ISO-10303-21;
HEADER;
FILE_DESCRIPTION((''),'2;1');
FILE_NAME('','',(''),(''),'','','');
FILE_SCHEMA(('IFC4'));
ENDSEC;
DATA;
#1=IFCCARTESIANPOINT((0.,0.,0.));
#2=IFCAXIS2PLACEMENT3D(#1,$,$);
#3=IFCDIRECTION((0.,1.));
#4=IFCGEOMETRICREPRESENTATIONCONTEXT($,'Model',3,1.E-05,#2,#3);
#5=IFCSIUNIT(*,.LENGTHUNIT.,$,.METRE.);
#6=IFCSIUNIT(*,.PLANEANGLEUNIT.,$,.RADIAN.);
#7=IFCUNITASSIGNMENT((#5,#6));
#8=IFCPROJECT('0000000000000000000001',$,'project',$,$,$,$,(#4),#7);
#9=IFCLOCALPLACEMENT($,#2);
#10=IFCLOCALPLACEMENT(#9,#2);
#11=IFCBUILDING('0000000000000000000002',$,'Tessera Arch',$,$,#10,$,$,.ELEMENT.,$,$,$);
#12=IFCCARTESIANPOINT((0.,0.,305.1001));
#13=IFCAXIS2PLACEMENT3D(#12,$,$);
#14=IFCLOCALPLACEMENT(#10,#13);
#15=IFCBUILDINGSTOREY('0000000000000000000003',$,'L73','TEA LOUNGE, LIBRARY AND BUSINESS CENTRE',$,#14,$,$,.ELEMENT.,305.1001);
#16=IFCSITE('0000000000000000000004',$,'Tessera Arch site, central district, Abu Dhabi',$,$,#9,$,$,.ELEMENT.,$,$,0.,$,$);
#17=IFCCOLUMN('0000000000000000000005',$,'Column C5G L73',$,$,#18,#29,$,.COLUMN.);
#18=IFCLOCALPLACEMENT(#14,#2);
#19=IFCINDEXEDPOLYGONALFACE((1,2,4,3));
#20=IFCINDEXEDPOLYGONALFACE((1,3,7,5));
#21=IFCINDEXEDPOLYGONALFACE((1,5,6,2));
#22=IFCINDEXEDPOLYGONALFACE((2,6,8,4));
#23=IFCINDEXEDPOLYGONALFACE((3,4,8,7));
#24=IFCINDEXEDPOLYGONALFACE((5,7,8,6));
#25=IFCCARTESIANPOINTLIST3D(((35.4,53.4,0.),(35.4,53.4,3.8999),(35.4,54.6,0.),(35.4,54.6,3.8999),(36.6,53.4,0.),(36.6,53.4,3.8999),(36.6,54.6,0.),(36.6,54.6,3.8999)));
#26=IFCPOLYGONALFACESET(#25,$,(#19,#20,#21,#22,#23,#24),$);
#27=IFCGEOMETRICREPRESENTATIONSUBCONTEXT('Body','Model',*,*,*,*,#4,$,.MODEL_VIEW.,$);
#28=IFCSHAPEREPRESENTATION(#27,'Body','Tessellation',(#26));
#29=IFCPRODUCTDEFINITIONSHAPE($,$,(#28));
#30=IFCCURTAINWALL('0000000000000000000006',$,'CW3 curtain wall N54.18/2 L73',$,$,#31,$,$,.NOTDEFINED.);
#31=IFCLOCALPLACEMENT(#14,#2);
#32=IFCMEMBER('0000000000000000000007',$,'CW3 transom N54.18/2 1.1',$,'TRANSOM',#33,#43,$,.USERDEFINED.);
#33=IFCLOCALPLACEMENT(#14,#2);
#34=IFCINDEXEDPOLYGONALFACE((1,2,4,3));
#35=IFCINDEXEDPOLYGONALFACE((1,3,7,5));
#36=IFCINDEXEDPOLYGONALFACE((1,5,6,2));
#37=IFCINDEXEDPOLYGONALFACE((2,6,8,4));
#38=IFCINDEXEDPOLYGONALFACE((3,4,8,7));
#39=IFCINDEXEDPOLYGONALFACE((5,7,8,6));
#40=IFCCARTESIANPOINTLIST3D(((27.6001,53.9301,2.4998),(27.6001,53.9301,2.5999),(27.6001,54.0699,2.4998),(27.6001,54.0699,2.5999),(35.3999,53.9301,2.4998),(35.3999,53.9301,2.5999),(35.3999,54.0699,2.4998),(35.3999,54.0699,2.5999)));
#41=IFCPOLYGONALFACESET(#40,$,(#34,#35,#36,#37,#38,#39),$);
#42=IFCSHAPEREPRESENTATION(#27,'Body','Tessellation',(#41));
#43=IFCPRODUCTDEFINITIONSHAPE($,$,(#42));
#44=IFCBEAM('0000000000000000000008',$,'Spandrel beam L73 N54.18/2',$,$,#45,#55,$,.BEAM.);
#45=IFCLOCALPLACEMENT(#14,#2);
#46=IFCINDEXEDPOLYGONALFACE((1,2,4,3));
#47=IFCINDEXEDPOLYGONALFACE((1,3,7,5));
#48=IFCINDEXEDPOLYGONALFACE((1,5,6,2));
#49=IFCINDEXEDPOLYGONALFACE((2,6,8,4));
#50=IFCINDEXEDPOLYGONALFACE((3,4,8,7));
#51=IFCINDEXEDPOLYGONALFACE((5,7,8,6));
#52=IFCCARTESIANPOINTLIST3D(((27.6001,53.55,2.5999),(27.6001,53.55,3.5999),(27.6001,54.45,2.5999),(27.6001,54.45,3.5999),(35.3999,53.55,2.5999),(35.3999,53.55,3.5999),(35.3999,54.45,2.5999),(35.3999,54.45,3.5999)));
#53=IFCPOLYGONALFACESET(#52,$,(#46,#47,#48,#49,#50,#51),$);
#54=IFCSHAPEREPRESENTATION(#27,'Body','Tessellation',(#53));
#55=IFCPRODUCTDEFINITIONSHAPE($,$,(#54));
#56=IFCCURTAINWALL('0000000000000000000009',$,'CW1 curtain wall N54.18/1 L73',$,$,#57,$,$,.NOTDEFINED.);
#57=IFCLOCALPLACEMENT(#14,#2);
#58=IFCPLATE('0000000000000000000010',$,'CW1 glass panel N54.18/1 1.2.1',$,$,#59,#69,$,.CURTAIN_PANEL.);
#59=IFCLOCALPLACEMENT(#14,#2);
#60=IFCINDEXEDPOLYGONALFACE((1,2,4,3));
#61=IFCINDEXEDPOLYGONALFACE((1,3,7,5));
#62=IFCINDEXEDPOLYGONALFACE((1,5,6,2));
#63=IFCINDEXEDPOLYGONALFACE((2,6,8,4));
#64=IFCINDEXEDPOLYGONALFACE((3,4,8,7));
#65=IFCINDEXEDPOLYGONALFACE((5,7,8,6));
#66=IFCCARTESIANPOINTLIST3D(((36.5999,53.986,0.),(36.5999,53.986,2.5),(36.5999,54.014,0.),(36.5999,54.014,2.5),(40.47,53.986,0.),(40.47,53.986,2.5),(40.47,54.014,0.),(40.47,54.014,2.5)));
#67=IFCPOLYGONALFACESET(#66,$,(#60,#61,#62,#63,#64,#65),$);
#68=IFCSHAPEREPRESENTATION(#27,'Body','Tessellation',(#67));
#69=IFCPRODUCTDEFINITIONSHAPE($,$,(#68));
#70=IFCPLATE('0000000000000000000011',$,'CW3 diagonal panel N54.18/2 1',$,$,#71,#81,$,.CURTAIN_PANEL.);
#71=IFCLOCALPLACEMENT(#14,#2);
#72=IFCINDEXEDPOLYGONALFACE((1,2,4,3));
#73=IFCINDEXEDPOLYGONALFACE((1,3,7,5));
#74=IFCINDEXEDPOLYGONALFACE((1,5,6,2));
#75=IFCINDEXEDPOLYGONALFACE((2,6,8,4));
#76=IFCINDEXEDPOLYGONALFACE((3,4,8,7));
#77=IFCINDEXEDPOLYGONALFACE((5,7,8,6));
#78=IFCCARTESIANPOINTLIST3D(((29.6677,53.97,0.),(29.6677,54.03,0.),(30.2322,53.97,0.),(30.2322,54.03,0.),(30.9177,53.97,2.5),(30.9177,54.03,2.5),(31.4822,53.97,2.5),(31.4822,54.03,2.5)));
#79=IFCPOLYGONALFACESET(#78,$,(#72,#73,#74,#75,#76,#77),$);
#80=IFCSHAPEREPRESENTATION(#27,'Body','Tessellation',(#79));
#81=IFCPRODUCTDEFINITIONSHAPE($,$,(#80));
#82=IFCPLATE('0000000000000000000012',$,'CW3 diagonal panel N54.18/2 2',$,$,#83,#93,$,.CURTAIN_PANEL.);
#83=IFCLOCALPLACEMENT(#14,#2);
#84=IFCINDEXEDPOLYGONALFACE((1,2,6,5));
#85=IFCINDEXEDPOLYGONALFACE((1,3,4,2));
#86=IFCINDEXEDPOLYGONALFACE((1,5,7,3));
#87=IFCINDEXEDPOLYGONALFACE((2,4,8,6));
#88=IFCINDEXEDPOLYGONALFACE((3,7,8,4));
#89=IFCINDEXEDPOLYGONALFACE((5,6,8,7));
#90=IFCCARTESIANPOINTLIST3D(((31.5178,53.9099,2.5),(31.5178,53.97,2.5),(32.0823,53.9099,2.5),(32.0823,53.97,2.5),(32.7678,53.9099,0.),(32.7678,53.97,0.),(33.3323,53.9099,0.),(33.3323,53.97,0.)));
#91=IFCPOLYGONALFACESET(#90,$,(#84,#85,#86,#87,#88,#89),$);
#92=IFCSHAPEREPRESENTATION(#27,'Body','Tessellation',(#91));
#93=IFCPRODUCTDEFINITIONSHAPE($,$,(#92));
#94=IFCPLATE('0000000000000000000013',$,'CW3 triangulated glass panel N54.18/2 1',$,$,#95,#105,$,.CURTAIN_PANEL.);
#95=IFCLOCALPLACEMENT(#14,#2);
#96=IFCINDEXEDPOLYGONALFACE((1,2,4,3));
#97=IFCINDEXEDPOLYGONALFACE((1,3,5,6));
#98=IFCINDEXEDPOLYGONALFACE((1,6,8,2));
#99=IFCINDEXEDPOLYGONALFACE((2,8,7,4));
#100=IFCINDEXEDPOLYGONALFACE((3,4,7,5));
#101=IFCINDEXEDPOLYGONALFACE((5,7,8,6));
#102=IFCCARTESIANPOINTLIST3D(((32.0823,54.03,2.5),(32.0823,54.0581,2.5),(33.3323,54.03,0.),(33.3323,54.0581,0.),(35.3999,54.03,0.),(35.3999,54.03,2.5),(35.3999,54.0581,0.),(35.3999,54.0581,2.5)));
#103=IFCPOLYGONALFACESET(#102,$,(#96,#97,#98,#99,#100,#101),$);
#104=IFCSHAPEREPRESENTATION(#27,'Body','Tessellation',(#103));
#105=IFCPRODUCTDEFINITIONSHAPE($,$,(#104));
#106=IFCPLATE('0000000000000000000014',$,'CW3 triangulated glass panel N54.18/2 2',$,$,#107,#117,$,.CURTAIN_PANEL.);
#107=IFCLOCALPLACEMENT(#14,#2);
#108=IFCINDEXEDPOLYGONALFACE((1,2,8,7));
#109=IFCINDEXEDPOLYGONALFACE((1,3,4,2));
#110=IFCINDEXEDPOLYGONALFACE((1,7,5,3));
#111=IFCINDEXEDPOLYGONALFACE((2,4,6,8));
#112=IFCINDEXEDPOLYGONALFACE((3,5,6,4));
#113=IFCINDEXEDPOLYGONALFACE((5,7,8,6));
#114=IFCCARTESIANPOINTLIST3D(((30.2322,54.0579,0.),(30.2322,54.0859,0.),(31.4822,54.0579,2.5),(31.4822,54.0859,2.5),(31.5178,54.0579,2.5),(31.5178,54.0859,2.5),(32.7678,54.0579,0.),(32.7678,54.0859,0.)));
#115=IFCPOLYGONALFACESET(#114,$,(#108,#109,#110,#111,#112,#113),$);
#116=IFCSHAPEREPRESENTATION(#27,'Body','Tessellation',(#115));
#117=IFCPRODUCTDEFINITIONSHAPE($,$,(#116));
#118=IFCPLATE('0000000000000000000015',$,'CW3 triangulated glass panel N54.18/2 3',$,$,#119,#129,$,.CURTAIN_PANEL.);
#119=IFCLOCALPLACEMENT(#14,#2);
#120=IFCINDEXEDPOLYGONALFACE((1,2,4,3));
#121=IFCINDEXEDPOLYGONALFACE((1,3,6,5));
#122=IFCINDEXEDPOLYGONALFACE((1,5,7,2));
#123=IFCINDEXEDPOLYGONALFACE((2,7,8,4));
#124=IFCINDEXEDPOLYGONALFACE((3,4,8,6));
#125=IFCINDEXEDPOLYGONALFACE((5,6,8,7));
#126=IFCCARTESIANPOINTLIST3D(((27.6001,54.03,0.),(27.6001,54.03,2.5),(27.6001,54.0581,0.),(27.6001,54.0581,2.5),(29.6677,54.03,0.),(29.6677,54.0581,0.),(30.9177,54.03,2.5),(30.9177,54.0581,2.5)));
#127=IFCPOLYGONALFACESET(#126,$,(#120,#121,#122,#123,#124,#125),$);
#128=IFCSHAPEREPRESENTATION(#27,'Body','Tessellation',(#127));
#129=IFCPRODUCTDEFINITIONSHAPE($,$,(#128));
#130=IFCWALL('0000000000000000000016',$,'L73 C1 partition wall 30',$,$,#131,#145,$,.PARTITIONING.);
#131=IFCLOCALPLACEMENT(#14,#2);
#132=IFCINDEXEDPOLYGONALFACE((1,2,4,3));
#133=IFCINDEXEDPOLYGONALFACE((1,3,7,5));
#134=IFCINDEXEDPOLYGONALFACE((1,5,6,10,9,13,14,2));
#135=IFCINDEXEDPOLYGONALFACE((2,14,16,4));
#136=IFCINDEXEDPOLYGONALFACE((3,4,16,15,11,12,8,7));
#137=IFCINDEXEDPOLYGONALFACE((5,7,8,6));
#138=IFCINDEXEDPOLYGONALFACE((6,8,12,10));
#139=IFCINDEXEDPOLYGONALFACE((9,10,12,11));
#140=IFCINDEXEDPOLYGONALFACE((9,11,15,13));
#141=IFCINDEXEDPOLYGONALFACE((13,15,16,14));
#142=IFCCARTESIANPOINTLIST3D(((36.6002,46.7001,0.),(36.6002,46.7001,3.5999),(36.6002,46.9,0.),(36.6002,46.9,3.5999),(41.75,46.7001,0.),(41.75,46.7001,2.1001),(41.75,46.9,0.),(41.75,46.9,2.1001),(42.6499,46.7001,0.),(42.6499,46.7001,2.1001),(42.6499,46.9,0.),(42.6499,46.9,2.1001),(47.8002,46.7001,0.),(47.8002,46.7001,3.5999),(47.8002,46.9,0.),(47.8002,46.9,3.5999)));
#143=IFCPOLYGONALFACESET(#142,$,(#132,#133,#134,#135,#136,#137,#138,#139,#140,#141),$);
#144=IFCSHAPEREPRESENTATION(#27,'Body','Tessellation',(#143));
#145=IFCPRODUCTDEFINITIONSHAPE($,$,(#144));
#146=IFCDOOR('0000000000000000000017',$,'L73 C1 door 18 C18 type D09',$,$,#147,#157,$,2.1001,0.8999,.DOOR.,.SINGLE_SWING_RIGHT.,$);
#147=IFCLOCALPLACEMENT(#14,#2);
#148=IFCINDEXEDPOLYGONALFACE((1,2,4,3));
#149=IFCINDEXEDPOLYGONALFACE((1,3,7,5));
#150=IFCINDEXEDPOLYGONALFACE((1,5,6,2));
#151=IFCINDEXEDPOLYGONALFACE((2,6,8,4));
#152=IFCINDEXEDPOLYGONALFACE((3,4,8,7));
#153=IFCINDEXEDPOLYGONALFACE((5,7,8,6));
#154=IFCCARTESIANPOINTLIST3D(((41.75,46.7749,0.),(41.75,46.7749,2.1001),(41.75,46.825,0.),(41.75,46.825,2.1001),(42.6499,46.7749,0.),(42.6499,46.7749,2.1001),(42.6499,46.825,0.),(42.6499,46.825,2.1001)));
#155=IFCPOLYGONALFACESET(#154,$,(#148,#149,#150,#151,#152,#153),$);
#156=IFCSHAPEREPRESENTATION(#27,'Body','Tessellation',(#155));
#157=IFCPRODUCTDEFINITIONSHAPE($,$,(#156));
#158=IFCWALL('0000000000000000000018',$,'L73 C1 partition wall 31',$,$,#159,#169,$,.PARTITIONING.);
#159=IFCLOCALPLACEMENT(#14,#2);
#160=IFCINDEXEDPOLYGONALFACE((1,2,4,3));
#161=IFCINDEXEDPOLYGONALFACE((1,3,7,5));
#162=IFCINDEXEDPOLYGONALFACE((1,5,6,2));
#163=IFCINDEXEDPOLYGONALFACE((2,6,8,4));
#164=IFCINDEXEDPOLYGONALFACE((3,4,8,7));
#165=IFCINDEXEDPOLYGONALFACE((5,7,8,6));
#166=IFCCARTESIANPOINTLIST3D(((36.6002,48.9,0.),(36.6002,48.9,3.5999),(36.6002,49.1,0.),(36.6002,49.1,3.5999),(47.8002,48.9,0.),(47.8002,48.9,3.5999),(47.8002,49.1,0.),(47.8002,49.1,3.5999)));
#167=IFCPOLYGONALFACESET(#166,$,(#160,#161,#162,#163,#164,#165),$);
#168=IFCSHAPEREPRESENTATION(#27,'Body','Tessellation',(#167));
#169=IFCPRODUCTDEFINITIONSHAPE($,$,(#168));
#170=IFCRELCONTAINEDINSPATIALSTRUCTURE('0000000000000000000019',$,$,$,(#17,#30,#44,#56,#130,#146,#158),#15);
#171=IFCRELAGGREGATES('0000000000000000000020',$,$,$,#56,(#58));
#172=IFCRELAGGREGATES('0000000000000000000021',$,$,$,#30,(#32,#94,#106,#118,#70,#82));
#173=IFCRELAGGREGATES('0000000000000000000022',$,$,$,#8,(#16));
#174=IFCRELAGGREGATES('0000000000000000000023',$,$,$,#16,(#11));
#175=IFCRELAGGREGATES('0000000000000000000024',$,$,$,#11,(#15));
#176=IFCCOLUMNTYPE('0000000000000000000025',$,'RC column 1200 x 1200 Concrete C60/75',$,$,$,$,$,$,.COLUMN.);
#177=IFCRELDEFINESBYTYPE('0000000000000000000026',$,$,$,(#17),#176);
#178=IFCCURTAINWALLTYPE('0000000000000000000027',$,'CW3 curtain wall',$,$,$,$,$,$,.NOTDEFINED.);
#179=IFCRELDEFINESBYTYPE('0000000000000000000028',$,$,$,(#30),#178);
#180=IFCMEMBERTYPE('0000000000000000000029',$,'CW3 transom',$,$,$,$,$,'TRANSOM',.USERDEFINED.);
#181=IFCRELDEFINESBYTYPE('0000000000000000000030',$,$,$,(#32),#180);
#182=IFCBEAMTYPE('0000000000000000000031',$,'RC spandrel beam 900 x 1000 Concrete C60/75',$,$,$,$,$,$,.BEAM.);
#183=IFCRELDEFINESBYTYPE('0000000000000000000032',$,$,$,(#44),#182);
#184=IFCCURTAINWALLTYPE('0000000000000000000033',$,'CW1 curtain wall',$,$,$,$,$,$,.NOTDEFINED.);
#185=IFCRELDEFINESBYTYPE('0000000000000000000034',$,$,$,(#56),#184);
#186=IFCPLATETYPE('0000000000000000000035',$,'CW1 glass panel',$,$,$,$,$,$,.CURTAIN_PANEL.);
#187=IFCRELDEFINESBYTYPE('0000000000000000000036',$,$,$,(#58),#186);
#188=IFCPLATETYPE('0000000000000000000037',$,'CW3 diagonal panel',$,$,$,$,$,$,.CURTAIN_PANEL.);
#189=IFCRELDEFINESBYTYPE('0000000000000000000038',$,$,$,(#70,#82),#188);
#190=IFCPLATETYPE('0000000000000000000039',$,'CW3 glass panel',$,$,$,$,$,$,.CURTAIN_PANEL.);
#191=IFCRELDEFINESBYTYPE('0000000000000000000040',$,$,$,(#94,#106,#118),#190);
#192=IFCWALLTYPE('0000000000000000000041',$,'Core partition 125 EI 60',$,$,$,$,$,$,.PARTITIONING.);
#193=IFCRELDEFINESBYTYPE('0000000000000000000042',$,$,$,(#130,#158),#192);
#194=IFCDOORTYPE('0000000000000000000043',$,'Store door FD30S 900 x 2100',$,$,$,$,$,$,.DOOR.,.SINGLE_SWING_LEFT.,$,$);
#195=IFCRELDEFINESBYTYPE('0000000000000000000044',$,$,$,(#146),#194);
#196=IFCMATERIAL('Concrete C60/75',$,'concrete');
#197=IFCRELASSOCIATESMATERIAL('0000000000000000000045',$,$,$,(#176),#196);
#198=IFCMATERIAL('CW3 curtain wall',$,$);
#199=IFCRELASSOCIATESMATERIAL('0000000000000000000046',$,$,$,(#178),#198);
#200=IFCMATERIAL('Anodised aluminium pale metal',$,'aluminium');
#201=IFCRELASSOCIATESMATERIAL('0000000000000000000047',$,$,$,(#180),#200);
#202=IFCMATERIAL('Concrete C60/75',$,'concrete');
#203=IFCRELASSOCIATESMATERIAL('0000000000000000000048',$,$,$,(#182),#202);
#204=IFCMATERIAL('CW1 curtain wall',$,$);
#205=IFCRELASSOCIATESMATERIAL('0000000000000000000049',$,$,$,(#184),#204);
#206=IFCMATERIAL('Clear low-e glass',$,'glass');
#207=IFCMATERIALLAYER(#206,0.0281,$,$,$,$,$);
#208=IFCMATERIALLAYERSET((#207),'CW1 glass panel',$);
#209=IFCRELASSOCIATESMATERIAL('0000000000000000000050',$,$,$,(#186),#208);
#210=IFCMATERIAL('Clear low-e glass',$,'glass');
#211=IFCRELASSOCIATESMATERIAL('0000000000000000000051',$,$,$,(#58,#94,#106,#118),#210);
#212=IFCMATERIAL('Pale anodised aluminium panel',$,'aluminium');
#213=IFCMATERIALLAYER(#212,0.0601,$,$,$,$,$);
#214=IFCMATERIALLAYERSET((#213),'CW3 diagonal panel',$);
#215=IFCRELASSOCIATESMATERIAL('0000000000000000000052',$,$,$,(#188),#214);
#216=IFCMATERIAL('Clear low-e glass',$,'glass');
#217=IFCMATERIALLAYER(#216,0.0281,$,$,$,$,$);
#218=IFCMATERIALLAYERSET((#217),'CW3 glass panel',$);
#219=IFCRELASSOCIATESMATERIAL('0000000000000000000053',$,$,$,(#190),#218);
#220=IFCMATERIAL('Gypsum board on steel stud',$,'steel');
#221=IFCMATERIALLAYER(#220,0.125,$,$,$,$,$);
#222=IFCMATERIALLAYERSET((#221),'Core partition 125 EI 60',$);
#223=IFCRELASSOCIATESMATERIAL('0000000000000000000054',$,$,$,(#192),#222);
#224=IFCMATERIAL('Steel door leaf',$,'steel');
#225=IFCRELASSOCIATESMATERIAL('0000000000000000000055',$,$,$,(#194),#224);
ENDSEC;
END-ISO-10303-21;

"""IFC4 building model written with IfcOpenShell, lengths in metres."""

from ifc_helpers import new_model, si_unit, direction, frame, frame_2d, origin, origin_2d, place, context, subcontext, project, spatial, polyline, rectangle, outline, extrude, material, layer, layer_set, material_profile, profile_set, type_object, element, fill, aggregate, save


model = new_model("IFC4")

# Units and contexts
model_context = context("Model", 3, precision=1e-05, world=origin(), true_north=direction((0.0, 1.0)))
body_context = subcontext(model_context, "Body", "Model", "MODEL_VIEW")
ifc_project = project(units=[si_unit("LENGTHUNIT", "METRE"), si_unit("PLANEANGLEUNIT", "RADIAN")], contexts=[model_context])

# Site, building, storey
site_placement = place(None, origin())
site = spatial("IfcSite", under=ifc_project, at=site_placement, Name="Tessera Arch site, central district, Abu Dhabi", CompositionType="ELEMENT", RefElevation=0.0)
building_placement = place(site_placement, origin())
building = spatial("IfcBuilding", under=site, at=building_placement, Name="Tessera Arch", CompositionType="ELEMENT")
storey_placement = place(building_placement, frame((0.0, 0.0, 305.1001)))
storey = spatial("IfcBuildingStorey", under=building, at=storey_placement, Name="L73", Description="TEA LOUNGE, LIBRARY AND BUSINESS CENTRE", CompositionType="ELEMENT", Elevation=305.1001)

# Column
ifc_material_1 = material(Name="Concrete C60/75", Category="concrete")
ifc_material_profile_1 = material_profile(ifc_material_1, rectangle(XDim=1.2, YDim=1.2, at=origin_2d()), Name="RC column 1200 x 1200 Concrete C60/75")
ifc_profile_set_1 = profile_set([ifc_material_profile_1], Name="Concrete C60/75")
column_type = type_object("IfcColumnType", Name="RC column 1200 x 1200 Concrete C60/75", PredefinedType="COLUMN", material=ifc_profile_set_1)
column_placement = place(storey_placement, frame((36.0, 54.0, 0.0), z_axis=(0.0, 0.0, 1.0), x_axis=(1.0, 0.0, 0.0)))
element("IfcColumn", 1, at=column_placement, inside=storey, type_object=column_type, Name="Column C5G L73", PredefinedType="COLUMN", context=body_context, shape_type="SweptSolid", body=[
    extrude(rectangle(XDim=1.2, YDim=1.2, at=origin_2d()), origin(), (0.0, 0.0, 1.0), 3.8999),
])

# Curtain wall, member
ifc_material_2 = material(Name="CW3 curtain wall")
curtain_wall_type_1 = type_object("IfcCurtainWallType", Name="CW3 curtain wall", PredefinedType="NOTDEFINED", material=ifc_material_2)
curtain_wall_1_placement = place(storey_placement, origin())
curtain_wall_1 = element("IfcCurtainWall", 2, at=curtain_wall_1_placement, inside=storey, type_object=curtain_wall_type_1, Name="CW3 curtain wall N54.18/2 L73", PredefinedType="NOTDEFINED")
ifc_material_3 = material(Name="Anodised aluminium pale metal", Category="aluminium")
ifc_material_profile_2 = material_profile(ifc_material_3, rectangle(XDim=0.1399, YDim=0.1001, at=origin_2d()), Name="AL 140x100")
ifc_profile_set_2 = profile_set([ifc_material_profile_2], Name="Anodised aluminium pale metal")
member_type = type_object("IfcMemberType", Name="CW3 transom", ElementType="TRANSOM", PredefinedType="USERDEFINED", material=ifc_profile_set_2)
member_placement = place(storey_placement, frame((35.3999, 54.0, 2.5498), z_axis=(-1.0, 0.0, 0.0), x_axis=(0.0, -1.0, 0.0)))
member = element("IfcMember", 3, at=member_placement, type_object=member_type, Name="CW3 transom N54.18/2 1.1", ObjectType="TRANSOM", PredefinedType="USERDEFINED", context=body_context, shape_type="SweptSolid", body=[
    extrude(rectangle(XDim=0.1399, YDim=0.1001, at=origin_2d()), origin(), (0.0, 0.0, 1.0), 7.7998),
])

# Beam
ifc_material_4 = material(Name="Concrete C60/75", Category="concrete")
ifc_material_profile_3 = material_profile(ifc_material_4, rectangle(XDim=0.8999, YDim=1.0, at=origin_2d()), Name="RC spandrel beam 900 x 1000 Concrete C60/75")
ifc_profile_set_3 = profile_set([ifc_material_profile_3], Name="Concrete C60/75")
beam_type = type_object("IfcBeamType", Name="RC spandrel beam 900 x 1000 Concrete C60/75", PredefinedType="BEAM", material=ifc_profile_set_3)
beam_placement = place(storey_placement, frame((35.3999, 54.0, 3.0999), z_axis=(-1.0, 0.0, 0.0), x_axis=(0.0, -1.0, 0.0)))
element("IfcBeam", 4, at=beam_placement, inside=storey, type_object=beam_type, Name="Spandrel beam L73 N54.18/2", PredefinedType="BEAM", context=body_context, shape_type="SweptSolid", body=[
    extrude(rectangle(XDim=0.8999, YDim=1.0, at=origin_2d()), origin(), (0.0, 0.0, 1.0), 7.7998),
])

# Curtain wall, plate
ifc_material_5 = material(Name="CW1 curtain wall")
curtain_wall_type_2 = type_object("IfcCurtainWallType", Name="CW1 curtain wall", PredefinedType="NOTDEFINED", material=ifc_material_5)
curtain_wall_2_placement = place(storey_placement, origin())
curtain_wall_2 = element("IfcCurtainWall", 5, at=curtain_wall_2_placement, inside=storey, type_object=curtain_wall_type_2, Name="CW1 curtain wall N54.18/1 L73", PredefinedType="NOTDEFINED")
ifc_material_6 = material(Name="Clear low-e glass", Category="glass")
ifc_material_7 = material(Name="Clear low-e glass", Category="glass")
ifc_layer_1 = layer(ifc_material_7, 0.0281)
ifc_layer_set_1 = layer_set([ifc_layer_1], Name="CW1 glass panel")
plate_type_1 = type_object("IfcPlateType", Name="CW1 glass panel", PredefinedType="CURTAIN_PANEL", material=ifc_layer_set_1)
plate_1_placement = place(storey_placement, frame((38.5349, 54.0, 0.0), z_axis=(0.0, 0.0, 1.0), x_axis=(-1.0, 0.0, 0.0)))
plate_1 = element("IfcPlate", 6, at=plate_1_placement, type_object=plate_type_1, material=ifc_material_6, Name="CW1 glass panel N54.18/1 1.2.1", PredefinedType="CURTAIN_PANEL", context=body_context, shape_type="SweptSolid", body=[
    extrude(rectangle(XDim=3.8701, YDim=0.0281, at=origin_2d()), origin(), (0.0, 0.0, 1.0), 2.5),
])
aggregate(curtain_wall_2, [plate_1])

# Plates
ifc_material_8 = material(Name="Pale anodised aluminium panel", Category="aluminium")
ifc_layer_2 = layer(ifc_material_8, 0.0601)
ifc_layer_set_2 = layer_set([ifc_layer_2], Name="CW3 diagonal panel")
plate_type_2 = type_object("IfcPlateType", Name="CW3 diagonal panel", PredefinedType="CURTAIN_PANEL", material=ifc_layer_set_2)
plate_2_placement = place(storey_placement, frame((30.9177, 54.03, 2.5), z_axis=(0.0, 1.0, 0.0), x_axis=(1.0, 0.0, 0.0)))
plate_2 = element("IfcPlate", 7, at=plate_2_placement, type_object=plate_type_2, Name="CW3 diagonal panel N54.18/2 1", PredefinedType="CURTAIN_PANEL", context=body_context, shape_type="SweptSolid", body=[
    extrude(outline(polyline([(0.0, 0.0), (0.5645, 0.0), (-0.6855, 2.5), (-1.25, 2.5), (0.0, 0.0)])), origin(), (0.0, 0.0, -1.0), 0.0601),
])
plate_3_placement = place(storey_placement, frame((31.5178, 53.97, 2.5), z_axis=(0.0, 1.0, 0.0), x_axis=(1.0, 0.0, 0.0)))
plate_3 = element("IfcPlate", 8, at=plate_3_placement, type_object=plate_type_2, Name="CW3 diagonal panel N54.18/2 2", PredefinedType="CURTAIN_PANEL", context=body_context, shape_type="SweptSolid", body=[
    extrude(outline(polyline([(0.0, 0.0), (0.5645, 0.0), (1.8145, 2.5), (1.25, 2.5), (0.0, 0.0)])), origin(), (0.0, 0.0, -1.0), 0.0601),
])
ifc_material_9 = material(Name="Clear low-e glass", Category="glass")
ifc_layer_3 = layer(ifc_material_9, 0.0281)
ifc_layer_set_3 = layer_set([ifc_layer_3], Name="CW3 glass panel")
plate_type_3 = type_object("IfcPlateType", Name="CW3 glass panel", PredefinedType="CURTAIN_PANEL", material=ifc_layer_set_3)
plate_4_placement = place(storey_placement, frame((35.3999, 54.0581, 0.0), z_axis=(0.0, 1.0, 0.0), x_axis=(-1.0, 0.0, 0.0)))
plate_4 = element("IfcPlate", 9, at=plate_4_placement, type_object=plate_type_3, material=ifc_material_6, Name="CW3 triangulated glass panel N54.18/2 1", PredefinedType="CURTAIN_PANEL", context=body_context, shape_type="SweptSolid", body=[
    extrude(outline(polyline([(0.0, 0.0), (2.0676, 0.0), (3.3176, 2.5), (0.0, 2.5), (0.0, 0.0)])), origin(), (0.0, 0.0, -1.0), 0.0281),
])
plate_5_placement = place(storey_placement, frame((31.4822, 54.0859, 2.5), z_axis=(0.0, 1.0, 0.0), x_axis=(1.0, 0.0, 0.0)))
plate_5 = element("IfcPlate", 10, at=plate_5_placement, type_object=plate_type_3, material=ifc_material_6, Name="CW3 triangulated glass panel N54.18/2 2", PredefinedType="CURTAIN_PANEL", context=body_context, shape_type="SweptSolid", body=[
    extrude(outline(polyline([(0.0, 0.0), (0.0356, 0.0), (1.2856, 2.5), (-1.25, 2.5), (0.0, 0.0)])), origin(), (0.0, 0.0, -1.0), 0.0281),
])
plate_6_placement = place(storey_placement, frame((27.6001, 54.0581, 2.5), z_axis=(0.0, 1.0, 0.0), x_axis=(1.0, 0.0, 0.0)))
plate_6 = element("IfcPlate", 11, at=plate_6_placement, type_object=plate_type_3, material=ifc_material_6, Name="CW3 triangulated glass panel N54.18/2 3", PredefinedType="CURTAIN_PANEL", context=body_context, shape_type="SweptSolid", body=[
    extrude(outline(polyline([(0.0, 0.0), (3.3176, 0.0), (2.0676, 2.5), (0.0, 2.5), (0.0, 0.0)])), origin(), (0.0, 0.0, -1.0), 0.0281),
])
aggregate(curtain_wall_1, [member, plate_4, plate_5, plate_6, plate_2, plate_3])

# Wall, opening, door
ifc_material_10 = material(Name="Gypsum board on steel stud", Category="steel")
ifc_layer_4 = layer(ifc_material_10, 0.125)
ifc_layer_set_4 = layer_set([ifc_layer_4], Name="Core partition 125 EI 60")
wall_type_1 = type_object("IfcWallType", Name="Core partition 125 EI 60", PredefinedType="PARTITIONING", material=ifc_layer_set_4)
wall_1_placement = place(storey_placement, frame((36.6001, 46.8, 0.0), z_axis=(0.0, 0.0, 1.0), x_axis=(1.0, 0.0, 0.0)))
wall_1 = element("IfcWall", 12, at=wall_1_placement, inside=storey, type_object=wall_type_1, Name="L73 C1 partition wall 30", PredefinedType="PARTITIONING", context=body_context, shape_type="SweptSolid", body=[
    extrude(rectangle(XDim=11.2, YDim=0.2, at=frame_2d((5.6001, 0.0))), origin(), (0.0, 0.0, 1.0), 3.5999),
])
opening_1_placement = place(wall_1_placement, frame((5.1499, 0.0, 0.0)))
opening_1 = element("IfcOpeningElement", 13, at=opening_1_placement, cuts=wall_1, PredefinedType="OPENING", context=body_context, shape_type="SweptSolid", body=[
    extrude(rectangle(XDim=0.8999, YDim=2.1001, at=frame_2d((0.45, 1.05))), frame((0.0, 0.1099, 0.0), z_axis=(0.0, -1.0, 0.0), x_axis=(1.0, 0.0, 0.0)), (0.0, 0.0, 1.0), 0.22),
])
ifc_material_11 = material(Name="Steel door leaf", Category="steel")
door_type_1 = type_object("IfcDoorType", Name="Store door FD30S 900 x 2100", OperationType="SINGLE_SWING_LEFT", PredefinedType="DOOR", material=ifc_material_11)
door_1_placement = place(opening_1_placement, origin())
door_1 = element("IfcDoor", 14, at=door_1_placement, inside=storey, type_object=door_type_1, Name="L73 C1 door 18 C18 type D09", OperationType="SINGLE_SWING_RIGHT", OverallHeight=2.1001, OverallWidth=0.8999, PredefinedType="DOOR", context=body_context, shape_type="SweptSolid", body=[
    extrude(rectangle(XDim=0.8999, YDim=2.1001, at=frame_2d((0.45, 1.05))), frame((0.0, 0.0249, 0.0), z_axis=(0.0, -1.0, 0.0), x_axis=(1.0, 0.0, 0.0)), (0.0, 0.0, 1.0), 0.05),
])
fill(opening_1, door_1)

# Wall
wall_2_placement = place(storey_placement, frame((36.6001, 49.0, 0.0), z_axis=(0.0, 0.0, 1.0), x_axis=(1.0, 0.0, 0.0)))
element("IfcWall", 15, at=wall_2_placement, inside=storey, type_object=wall_type_1, Name="L73 C1 partition wall 31", PredefinedType="PARTITIONING", context=body_context, shape_type="SweptSolid", body=[
    extrude(rectangle(XDim=11.2, YDim=0.2, at=frame_2d((5.6001, 0.0))), origin(), (0.0, 0.0, 1.0), 3.5999),
])

save(model, "model.ifc")
